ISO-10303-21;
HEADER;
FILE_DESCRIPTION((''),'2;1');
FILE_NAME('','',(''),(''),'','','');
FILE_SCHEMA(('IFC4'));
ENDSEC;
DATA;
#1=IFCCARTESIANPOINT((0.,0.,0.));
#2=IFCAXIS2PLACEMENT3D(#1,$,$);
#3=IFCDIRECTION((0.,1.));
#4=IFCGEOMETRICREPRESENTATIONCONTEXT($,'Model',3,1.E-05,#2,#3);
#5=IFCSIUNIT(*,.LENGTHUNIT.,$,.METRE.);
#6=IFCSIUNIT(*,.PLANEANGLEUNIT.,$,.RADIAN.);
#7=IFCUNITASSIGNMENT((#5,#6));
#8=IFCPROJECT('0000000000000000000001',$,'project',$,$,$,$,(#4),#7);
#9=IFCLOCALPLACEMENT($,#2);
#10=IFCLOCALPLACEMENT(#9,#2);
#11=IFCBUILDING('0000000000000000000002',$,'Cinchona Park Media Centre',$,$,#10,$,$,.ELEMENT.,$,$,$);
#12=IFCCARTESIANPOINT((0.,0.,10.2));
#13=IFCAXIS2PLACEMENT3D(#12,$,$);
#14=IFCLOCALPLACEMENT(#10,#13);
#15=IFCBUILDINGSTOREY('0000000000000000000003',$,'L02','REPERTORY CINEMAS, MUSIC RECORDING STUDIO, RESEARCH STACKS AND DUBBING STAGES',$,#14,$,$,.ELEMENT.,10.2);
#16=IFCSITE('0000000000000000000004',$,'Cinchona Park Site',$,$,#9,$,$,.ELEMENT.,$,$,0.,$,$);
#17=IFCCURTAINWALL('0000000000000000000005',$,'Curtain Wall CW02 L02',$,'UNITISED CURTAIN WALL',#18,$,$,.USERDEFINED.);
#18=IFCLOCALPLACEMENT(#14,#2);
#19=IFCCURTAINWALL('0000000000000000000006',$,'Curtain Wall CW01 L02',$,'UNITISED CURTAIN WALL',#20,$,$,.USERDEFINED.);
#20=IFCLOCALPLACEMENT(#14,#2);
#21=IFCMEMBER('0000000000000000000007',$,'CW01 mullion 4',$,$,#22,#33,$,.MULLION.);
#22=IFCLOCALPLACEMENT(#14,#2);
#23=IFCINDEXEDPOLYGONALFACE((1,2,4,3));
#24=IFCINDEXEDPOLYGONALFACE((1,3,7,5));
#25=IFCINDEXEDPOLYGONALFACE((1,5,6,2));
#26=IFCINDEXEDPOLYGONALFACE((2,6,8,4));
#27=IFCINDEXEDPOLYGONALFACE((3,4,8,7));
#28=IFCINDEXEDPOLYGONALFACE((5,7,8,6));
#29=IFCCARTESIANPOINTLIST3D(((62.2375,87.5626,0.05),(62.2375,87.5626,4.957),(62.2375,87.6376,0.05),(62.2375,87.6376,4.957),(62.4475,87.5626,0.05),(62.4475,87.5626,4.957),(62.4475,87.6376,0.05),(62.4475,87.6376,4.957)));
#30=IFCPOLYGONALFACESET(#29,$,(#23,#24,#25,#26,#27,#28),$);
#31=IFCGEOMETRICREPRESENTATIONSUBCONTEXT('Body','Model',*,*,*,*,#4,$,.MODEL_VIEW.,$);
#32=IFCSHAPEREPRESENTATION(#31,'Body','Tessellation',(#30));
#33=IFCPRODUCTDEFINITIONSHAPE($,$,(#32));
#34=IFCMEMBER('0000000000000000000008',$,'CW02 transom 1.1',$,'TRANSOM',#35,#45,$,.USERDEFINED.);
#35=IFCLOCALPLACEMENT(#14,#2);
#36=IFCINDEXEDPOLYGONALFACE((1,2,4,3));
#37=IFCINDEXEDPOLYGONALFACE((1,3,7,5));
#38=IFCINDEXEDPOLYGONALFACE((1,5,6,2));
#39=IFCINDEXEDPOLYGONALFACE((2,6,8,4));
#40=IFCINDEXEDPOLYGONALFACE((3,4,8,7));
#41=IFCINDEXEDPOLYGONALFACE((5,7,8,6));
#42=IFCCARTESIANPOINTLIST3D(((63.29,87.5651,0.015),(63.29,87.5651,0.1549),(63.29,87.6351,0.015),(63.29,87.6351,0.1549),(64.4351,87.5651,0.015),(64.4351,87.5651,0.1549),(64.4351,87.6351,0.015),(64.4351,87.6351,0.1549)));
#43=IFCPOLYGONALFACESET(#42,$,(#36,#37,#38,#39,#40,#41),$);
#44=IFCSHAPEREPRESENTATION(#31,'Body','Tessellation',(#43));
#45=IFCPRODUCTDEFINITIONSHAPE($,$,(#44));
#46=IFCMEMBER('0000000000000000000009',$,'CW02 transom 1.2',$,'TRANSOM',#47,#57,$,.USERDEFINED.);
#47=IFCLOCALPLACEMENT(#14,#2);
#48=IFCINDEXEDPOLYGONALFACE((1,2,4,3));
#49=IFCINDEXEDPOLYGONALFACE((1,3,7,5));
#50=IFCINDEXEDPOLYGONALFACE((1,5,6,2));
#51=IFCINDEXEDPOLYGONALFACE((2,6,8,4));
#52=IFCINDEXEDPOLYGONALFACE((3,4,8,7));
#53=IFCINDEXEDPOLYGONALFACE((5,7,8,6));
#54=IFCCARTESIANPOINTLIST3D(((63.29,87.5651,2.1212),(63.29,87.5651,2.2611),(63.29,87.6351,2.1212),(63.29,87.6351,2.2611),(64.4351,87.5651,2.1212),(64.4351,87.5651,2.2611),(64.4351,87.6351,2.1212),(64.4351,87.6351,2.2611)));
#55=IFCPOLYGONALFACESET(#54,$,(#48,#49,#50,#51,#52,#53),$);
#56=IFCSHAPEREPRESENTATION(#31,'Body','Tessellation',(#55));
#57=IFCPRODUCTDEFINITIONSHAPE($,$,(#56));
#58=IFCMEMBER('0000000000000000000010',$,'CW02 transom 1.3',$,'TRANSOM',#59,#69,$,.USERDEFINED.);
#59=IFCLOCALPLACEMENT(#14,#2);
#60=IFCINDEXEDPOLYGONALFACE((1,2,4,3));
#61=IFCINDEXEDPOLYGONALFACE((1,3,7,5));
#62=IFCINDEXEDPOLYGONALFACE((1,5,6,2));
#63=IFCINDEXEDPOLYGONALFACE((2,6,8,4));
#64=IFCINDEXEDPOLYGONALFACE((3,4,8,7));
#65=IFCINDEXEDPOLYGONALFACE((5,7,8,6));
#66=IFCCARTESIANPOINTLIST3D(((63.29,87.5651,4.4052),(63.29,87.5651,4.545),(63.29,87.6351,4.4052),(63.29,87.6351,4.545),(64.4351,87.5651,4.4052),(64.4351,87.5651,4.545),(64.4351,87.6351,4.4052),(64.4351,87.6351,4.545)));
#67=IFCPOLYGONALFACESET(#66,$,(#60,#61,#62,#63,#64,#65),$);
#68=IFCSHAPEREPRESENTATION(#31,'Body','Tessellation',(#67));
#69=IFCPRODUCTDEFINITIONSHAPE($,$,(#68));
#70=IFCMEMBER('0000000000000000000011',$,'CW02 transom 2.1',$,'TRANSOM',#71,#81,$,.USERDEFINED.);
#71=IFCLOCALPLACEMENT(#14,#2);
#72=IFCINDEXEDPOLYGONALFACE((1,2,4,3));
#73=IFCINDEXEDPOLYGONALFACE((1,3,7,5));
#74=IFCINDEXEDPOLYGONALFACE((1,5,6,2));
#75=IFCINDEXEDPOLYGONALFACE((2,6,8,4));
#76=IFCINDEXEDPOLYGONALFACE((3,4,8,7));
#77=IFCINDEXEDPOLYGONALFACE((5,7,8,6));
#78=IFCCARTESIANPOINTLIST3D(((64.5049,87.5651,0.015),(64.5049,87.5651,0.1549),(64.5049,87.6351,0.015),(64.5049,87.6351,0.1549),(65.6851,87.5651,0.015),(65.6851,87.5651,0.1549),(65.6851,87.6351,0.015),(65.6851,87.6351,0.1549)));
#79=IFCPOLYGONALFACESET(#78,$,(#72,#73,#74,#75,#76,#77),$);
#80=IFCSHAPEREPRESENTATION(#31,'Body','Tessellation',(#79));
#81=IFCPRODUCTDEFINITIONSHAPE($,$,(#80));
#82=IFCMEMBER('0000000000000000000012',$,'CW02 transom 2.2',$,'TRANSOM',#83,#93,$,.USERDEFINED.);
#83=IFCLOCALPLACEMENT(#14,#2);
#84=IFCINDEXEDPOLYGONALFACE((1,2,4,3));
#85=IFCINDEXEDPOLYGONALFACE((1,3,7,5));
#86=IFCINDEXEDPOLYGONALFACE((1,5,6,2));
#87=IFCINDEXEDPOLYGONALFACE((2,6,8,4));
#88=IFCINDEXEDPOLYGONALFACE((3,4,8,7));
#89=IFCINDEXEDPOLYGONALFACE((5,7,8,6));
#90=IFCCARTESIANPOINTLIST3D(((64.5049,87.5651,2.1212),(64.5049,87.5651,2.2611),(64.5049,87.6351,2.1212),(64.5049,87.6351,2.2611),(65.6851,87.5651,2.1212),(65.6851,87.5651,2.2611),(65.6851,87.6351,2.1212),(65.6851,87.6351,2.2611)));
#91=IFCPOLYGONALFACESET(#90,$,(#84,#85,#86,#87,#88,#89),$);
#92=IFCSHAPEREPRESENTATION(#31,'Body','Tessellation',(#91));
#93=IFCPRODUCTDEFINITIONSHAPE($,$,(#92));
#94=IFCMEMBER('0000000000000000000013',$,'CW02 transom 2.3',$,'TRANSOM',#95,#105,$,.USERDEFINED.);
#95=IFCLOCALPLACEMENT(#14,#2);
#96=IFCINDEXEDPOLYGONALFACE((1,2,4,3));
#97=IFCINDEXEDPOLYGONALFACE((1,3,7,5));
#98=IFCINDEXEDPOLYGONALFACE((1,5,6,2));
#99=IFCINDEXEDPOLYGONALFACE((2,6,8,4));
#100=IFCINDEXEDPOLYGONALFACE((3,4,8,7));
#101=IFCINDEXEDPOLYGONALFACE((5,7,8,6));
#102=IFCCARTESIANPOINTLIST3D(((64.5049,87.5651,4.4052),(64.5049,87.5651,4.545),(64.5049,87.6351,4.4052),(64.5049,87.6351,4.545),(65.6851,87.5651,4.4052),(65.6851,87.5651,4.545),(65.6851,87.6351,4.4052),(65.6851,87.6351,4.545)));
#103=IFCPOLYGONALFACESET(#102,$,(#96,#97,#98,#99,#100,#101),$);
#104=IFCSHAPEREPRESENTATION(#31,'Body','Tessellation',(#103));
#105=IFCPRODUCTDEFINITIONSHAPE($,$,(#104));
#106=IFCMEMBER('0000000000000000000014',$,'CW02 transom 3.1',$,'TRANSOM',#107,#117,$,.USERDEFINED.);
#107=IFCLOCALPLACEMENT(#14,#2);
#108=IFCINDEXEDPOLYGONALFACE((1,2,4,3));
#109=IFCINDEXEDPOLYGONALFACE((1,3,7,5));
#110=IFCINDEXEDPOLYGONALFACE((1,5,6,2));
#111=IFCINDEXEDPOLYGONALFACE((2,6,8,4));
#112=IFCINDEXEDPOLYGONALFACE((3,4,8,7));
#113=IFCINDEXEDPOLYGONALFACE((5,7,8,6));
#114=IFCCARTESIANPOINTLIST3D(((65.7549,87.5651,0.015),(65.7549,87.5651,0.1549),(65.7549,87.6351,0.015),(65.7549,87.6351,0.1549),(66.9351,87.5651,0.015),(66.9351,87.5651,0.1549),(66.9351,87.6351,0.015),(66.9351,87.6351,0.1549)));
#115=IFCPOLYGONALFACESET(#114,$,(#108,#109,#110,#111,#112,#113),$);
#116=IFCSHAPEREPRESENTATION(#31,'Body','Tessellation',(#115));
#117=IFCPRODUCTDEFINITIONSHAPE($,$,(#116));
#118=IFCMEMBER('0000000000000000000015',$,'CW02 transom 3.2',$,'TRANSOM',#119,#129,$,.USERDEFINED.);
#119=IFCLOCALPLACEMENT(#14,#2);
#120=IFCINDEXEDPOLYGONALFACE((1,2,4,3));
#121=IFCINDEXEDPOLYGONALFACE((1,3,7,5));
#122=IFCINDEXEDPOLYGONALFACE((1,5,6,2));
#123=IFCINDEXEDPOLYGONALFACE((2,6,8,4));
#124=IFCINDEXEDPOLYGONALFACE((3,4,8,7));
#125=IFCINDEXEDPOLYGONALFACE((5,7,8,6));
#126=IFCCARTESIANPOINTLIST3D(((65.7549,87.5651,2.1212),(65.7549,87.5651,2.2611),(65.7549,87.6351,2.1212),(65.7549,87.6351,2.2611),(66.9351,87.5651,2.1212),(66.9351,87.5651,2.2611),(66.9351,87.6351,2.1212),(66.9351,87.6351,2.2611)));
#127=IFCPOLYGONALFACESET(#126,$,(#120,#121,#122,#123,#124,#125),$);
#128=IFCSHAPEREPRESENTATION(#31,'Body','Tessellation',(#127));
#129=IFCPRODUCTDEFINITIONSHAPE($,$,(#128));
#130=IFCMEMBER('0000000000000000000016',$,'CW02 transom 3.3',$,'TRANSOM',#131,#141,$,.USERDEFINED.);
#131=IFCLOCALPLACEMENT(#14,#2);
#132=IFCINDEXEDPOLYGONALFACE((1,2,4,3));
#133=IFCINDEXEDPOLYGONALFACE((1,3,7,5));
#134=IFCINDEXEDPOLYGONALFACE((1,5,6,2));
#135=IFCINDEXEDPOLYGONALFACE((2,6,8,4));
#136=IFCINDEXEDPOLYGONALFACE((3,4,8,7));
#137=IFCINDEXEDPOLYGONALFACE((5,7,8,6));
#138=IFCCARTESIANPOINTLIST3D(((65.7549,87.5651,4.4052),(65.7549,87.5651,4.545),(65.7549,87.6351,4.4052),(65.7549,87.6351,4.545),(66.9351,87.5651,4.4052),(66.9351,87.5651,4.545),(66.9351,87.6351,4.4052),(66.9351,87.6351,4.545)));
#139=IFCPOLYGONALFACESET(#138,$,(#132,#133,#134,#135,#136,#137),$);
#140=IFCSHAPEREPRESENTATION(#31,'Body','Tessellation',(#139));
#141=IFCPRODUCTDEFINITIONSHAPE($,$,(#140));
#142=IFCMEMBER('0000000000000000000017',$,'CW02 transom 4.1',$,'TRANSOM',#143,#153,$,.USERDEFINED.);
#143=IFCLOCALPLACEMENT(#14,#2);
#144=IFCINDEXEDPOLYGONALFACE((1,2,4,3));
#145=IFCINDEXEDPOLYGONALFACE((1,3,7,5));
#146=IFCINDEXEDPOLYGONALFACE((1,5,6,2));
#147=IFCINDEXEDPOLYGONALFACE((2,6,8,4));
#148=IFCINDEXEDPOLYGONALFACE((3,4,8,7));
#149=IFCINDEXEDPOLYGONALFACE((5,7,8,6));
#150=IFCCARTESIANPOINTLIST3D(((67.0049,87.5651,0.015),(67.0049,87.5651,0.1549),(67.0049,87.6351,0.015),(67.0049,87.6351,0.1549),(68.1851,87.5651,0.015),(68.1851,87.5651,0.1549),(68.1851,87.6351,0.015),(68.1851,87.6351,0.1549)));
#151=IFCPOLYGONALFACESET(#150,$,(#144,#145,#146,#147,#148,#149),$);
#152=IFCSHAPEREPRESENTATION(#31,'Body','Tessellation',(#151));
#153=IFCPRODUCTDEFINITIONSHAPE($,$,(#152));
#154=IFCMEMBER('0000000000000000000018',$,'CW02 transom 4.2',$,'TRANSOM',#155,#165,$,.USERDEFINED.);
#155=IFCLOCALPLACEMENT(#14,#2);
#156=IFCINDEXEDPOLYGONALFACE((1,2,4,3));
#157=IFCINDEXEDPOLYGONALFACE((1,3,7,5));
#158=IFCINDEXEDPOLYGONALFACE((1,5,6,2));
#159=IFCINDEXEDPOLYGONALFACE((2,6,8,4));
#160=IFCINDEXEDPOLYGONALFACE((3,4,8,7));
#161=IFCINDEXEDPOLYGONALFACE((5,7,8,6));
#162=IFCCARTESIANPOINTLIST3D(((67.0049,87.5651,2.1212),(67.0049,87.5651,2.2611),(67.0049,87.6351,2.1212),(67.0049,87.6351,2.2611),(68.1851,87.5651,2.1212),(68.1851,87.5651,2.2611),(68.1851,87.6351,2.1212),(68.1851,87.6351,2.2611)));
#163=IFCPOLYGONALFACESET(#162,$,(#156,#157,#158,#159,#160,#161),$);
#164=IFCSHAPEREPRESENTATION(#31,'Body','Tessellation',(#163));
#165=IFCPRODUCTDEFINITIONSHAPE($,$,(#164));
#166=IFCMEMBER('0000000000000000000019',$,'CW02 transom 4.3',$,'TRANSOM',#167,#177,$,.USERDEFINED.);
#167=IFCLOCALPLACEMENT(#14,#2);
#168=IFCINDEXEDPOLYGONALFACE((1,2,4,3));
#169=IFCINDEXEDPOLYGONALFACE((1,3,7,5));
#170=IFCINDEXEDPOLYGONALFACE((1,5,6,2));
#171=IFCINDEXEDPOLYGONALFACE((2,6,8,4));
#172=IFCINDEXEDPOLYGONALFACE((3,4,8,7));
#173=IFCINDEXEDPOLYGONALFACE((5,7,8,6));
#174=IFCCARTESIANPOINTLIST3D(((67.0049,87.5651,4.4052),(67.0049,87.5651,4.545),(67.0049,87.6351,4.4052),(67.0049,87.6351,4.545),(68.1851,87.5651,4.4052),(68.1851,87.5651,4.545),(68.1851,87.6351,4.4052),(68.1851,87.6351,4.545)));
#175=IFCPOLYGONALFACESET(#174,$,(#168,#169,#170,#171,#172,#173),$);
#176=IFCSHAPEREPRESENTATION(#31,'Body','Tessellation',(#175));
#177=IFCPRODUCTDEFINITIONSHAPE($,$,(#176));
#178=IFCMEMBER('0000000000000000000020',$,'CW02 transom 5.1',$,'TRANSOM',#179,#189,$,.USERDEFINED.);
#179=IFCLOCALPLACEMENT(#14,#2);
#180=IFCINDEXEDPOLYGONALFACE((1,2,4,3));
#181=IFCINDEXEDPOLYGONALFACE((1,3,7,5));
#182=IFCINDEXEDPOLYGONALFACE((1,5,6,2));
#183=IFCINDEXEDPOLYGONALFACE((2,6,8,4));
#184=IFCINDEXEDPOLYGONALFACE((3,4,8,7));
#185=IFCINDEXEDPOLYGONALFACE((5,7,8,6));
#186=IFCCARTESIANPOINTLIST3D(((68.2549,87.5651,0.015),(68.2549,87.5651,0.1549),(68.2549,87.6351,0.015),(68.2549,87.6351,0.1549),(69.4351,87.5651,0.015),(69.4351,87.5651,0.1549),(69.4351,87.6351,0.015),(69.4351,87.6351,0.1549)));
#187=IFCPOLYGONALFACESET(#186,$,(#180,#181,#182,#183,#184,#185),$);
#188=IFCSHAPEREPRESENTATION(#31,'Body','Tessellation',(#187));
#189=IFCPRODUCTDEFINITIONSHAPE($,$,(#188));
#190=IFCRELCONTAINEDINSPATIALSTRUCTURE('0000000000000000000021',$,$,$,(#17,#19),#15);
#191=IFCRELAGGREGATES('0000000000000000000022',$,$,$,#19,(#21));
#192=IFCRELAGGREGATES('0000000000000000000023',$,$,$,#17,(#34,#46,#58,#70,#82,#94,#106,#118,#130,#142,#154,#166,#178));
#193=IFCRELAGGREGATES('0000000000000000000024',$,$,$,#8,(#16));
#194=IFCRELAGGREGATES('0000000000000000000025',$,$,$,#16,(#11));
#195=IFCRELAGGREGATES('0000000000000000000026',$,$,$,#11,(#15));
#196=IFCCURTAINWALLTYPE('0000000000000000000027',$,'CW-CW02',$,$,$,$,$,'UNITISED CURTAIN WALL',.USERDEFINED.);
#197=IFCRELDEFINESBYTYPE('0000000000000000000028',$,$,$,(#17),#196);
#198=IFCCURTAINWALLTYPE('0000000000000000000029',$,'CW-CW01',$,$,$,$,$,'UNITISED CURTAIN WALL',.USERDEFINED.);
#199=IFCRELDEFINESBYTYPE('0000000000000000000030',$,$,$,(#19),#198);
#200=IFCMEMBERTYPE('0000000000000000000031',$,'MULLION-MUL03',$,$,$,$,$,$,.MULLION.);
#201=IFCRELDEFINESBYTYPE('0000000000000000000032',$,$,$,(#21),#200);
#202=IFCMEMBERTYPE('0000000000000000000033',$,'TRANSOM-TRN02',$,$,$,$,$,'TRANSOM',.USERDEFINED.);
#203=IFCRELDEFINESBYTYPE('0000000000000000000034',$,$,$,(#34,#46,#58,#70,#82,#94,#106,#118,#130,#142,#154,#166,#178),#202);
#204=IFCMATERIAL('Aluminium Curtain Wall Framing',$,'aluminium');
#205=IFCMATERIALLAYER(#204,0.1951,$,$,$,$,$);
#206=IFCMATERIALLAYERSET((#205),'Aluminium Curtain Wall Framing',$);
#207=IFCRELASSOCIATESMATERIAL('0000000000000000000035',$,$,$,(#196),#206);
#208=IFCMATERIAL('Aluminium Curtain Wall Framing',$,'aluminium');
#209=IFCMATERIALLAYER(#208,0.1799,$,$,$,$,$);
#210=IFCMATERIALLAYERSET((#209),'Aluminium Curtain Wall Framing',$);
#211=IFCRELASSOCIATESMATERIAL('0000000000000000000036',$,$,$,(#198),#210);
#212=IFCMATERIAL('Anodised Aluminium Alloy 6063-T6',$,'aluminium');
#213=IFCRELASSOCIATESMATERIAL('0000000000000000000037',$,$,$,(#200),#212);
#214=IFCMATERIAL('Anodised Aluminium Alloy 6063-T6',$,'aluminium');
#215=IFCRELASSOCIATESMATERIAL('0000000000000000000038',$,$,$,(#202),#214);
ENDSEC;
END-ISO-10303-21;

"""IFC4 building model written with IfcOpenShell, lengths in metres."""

from ifc_helpers import new_model, si_unit, direction, frame, origin, origin_2d, place, context, subcontext, project, spatial, rectangle, extrude, material, layer, layer_set, material_profile, profile_set, type_object, element, aggregate, save


model = new_model("IFC4")

# Units and contexts
model_context = context("Model", 3, precision=1e-05, world=origin(), true_north=direction((0.0, 1.0)))
body_context = subcontext(model_context, "Body", "Model", "MODEL_VIEW")
ifc_project = project(units=[si_unit("LENGTHUNIT", "METRE"), si_unit("PLANEANGLEUNIT", "RADIAN")], contexts=[model_context])

# Site, building, storey
site_placement = place(None, origin())
site = spatial("IfcSite", under=ifc_project, at=site_placement, Name="Cinchona Park Site", CompositionType="ELEMENT", RefElevation=0.0)
building_placement = place(site_placement, origin())
building = spatial("IfcBuilding", under=site, at=building_placement, Name="Cinchona Park Media Centre", CompositionType="ELEMENT")
storey_placement = place(building_placement, frame((0.0, 0.0, 10.2)))
storey = spatial("IfcBuildingStorey", under=building, at=storey_placement, Name="L02", Description="REPERTORY CINEMAS, MUSIC RECORDING STUDIO, RESEARCH STACKS AND DUBBING STAGES", CompositionType="ELEMENT", Elevation=10.2)

# Curtain wall
ifc_material_1 = material(Name="Aluminium Curtain Wall Framing", Category="aluminium")
ifc_layer_1 = layer(ifc_material_1, 0.1951)
ifc_layer_set_1 = layer_set([ifc_layer_1], Name="Aluminium Curtain Wall Framing")
curtain_wall_type_1 = type_object("IfcCurtainWallType", Name="CW-CW02", ElementType="UNITISED CURTAIN WALL", PredefinedType="USERDEFINED", material=ifc_layer_set_1)
curtain_wall_1_placement = place(storey_placement, origin())
curtain_wall_1 = element("IfcCurtainWall", 1, at=curtain_wall_1_placement, inside=storey, type_object=curtain_wall_type_1, Name="Curtain Wall CW02 L02", ObjectType="UNITISED CURTAIN WALL", PredefinedType="USERDEFINED")

# Curtain wall, member
ifc_material_2 = material(Name="Aluminium Curtain Wall Framing", Category="aluminium")
ifc_layer_2 = layer(ifc_material_2, 0.1799)
ifc_layer_set_2 = layer_set([ifc_layer_2], Name="Aluminium Curtain Wall Framing")
curtain_wall_type_2 = type_object("IfcCurtainWallType", Name="CW-CW01", ElementType="UNITISED CURTAIN WALL", PredefinedType="USERDEFINED", material=ifc_layer_set_2)
curtain_wall_2_placement = place(storey_placement, origin())
curtain_wall_2 = element("IfcCurtainWall", 2, at=curtain_wall_2_placement, inside=storey, type_object=curtain_wall_type_2, Name="Curtain Wall CW01 L02", ObjectType="UNITISED CURTAIN WALL", PredefinedType="USERDEFINED")
ifc_material_3 = material(Name="Anodised Aluminium Alloy 6063-T6", Category="aluminium")
ifc_material_profile_1 = material_profile(ifc_material_3, rectangle(XDim=0.075, YDim=0.21, at=origin_2d()), Name="MUL-75X210")
ifc_profile_set_1 = profile_set([ifc_material_profile_1], Name="Anodised Aluminium Alloy 6063-T6")
member_type_1 = type_object("IfcMemberType", Name="MULLION-MUL03", PredefinedType="MULLION", material=ifc_profile_set_1)
member_1_placement = place(storey_placement, frame((62.3425, 87.6001, 0.05), z_axis=(0.0, 0.0, 1.0), x_axis=(0.0, 1.0, 0.0)))
member_1 = element("IfcMember", 3, at=member_1_placement, type_object=member_type_1, Name="CW01 mullion 4", PredefinedType="MULLION", context=body_context, shape_type="SweptSolid", body=[
    extrude(rectangle(XDim=0.075, YDim=0.21, at=origin_2d()), origin(), (0.0, 0.0, 1.0), 4.907),
])
aggregate(curtain_wall_2, [member_1])

# Members
ifc_material_4 = material(Name="Anodised Aluminium Alloy 6063-T6", Category="aluminium")
ifc_material_profile_2 = material_profile(ifc_material_4, rectangle(XDim=0.0701, YDim=0.1399, at=origin_2d()), Name="TRN-70X140")
ifc_profile_set_2 = profile_set([ifc_material_profile_2], Name="Anodised Aluminium Alloy 6063-T6")
member_type_2 = type_object("IfcMemberType", Name="TRANSOM-TRN02", ElementType="TRANSOM", PredefinedType="USERDEFINED", material=ifc_profile_set_2)
member_2_placement = place(storey_placement, frame((63.29, 87.6001, 0.085), z_axis=(1.0, 0.0, 0.0), x_axis=(0.0, 1.0, 0.0)))
member_2 = element("IfcMember", 4, at=member_2_placement, type_object=member_type_2, Name="CW02 transom 1.1", ObjectType="TRANSOM", PredefinedType="USERDEFINED", context=body_context, shape_type="SweptSolid", body=[
    extrude(rectangle(XDim=0.0701, YDim=0.1399, at=origin_2d()), origin(), (0.0, 0.0, 1.0), 1.145),
])
member_3_placement = place(storey_placement, frame((63.29, 87.6001, 2.1912), z_axis=(1.0, 0.0, 0.0), x_axis=(0.0, 1.0, 0.0)))
member_3 = element("IfcMember", 5, at=member_3_placement, type_object=member_type_2, Name="CW02 transom 1.2", ObjectType="TRANSOM", PredefinedType="USERDEFINED", context=body_context, shape_type="SweptSolid", body=[
    extrude(rectangle(XDim=0.0701, YDim=0.1399, at=origin_2d()), origin(), (0.0, 0.0, 1.0), 1.145),
])
member_4_placement = place(storey_placement, frame((63.29, 87.6001, 4.4751), z_axis=(1.0, 0.0, 0.0), x_axis=(0.0, 1.0, 0.0)))
member_4 = element("IfcMember", 6, at=member_4_placement, type_object=member_type_2, Name="CW02 transom 1.3", ObjectType="TRANSOM", PredefinedType="USERDEFINED", context=body_context, shape_type="SweptSolid", body=[
    extrude(rectangle(XDim=0.0701, YDim=0.1399, at=origin_2d()), origin(), (0.0, 0.0, 1.0), 1.145),
])
member_5_placement = place(storey_placement, frame((64.5049, 87.6001, 0.085), z_axis=(1.0, 0.0, 0.0), x_axis=(0.0, 1.0, 0.0)))
member_5 = element("IfcMember", 7, at=member_5_placement, type_object=member_type_2, Name="CW02 transom 2.1", ObjectType="TRANSOM", PredefinedType="USERDEFINED", context=body_context, shape_type="SweptSolid", body=[
    extrude(rectangle(XDim=0.0701, YDim=0.1399, at=origin_2d()), origin(), (0.0, 0.0, 1.0), 1.1802),
])
member_6_placement = place(storey_placement, frame((64.5049, 87.6001, 2.1912), z_axis=(1.0, 0.0, 0.0), x_axis=(0.0, 1.0, 0.0)))
member_6 = element("IfcMember", 8, at=member_6_placement, type_object=member_type_2, Name="CW02 transom 2.2", ObjectType="TRANSOM", PredefinedType="USERDEFINED", context=body_context, shape_type="SweptSolid", body=[
    extrude(rectangle(XDim=0.0701, YDim=0.1399, at=origin_2d()), origin(), (0.0, 0.0, 1.0), 1.1802),
])
member_7_placement = place(storey_placement, frame((64.5049, 87.6001, 4.4751), z_axis=(1.0, 0.0, 0.0), x_axis=(0.0, 1.0, 0.0)))
member_7 = element("IfcMember", 9, at=member_7_placement, type_object=member_type_2, Name="CW02 transom 2.3", ObjectType="TRANSOM", PredefinedType="USERDEFINED", context=body_context, shape_type="SweptSolid", body=[
    extrude(rectangle(XDim=0.0701, YDim=0.1399, at=origin_2d()), origin(), (0.0, 0.0, 1.0), 1.1802),
])
member_8_placement = place(storey_placement, frame((65.7549, 87.6001, 0.085), z_axis=(1.0, 0.0, 0.0), x_axis=(0.0, 1.0, 0.0)))
member_8 = element("IfcMember", 10, at=member_8_placement, type_object=member_type_2, Name="CW02 transom 3.1", ObjectType="TRANSOM", PredefinedType="USERDEFINED", context=body_context, shape_type="SweptSolid", body=[
    extrude(rectangle(XDim=0.0701, YDim=0.1399, at=origin_2d()), origin(), (0.0, 0.0, 1.0), 1.1802),
])
member_9_placement = place(storey_placement, frame((65.7549, 87.6001, 2.1912), z_axis=(1.0, 0.0, 0.0), x_axis=(0.0, 1.0, 0.0)))
member_9 = element("IfcMember", 11, at=member_9_placement, type_object=member_type_2, Name="CW02 transom 3.2", ObjectType="TRANSOM", PredefinedType="USERDEFINED", context=body_context, shape_type="SweptSolid", body=[
    extrude(rectangle(XDim=0.0701, YDim=0.1399, at=origin_2d()), origin(), (0.0, 0.0, 1.0), 1.1802),
])
member_10_placement = place(storey_placement, frame((65.7549, 87.6001, 4.4751), z_axis=(1.0, 0.0, 0.0), x_axis=(0.0, 1.0, 0.0)))
member_10 = element("IfcMember", 12, at=member_10_placement, type_object=member_type_2, Name="CW02 transom 3.3", ObjectType="TRANSOM", PredefinedType="USERDEFINED", context=body_context, shape_type="SweptSolid", body=[
    extrude(rectangle(XDim=0.0701, YDim=0.1399, at=origin_2d()), origin(), (0.0, 0.0, 1.0), 1.1802),
])
member_11_placement = place(storey_placement, frame((67.0049, 87.6001, 0.085), z_axis=(1.0, 0.0, 0.0), x_axis=(0.0, 1.0, 0.0)))
member_11 = element("IfcMember", 13, at=member_11_placement, type_object=member_type_2, Name="CW02 transom 4.1", ObjectType="TRANSOM", PredefinedType="USERDEFINED", context=body_context, shape_type="SweptSolid", body=[
    extrude(rectangle(XDim=0.0701, YDim=0.1399, at=origin_2d()), origin(), (0.0, 0.0, 1.0), 1.1802),
])
member_12_placement = place(storey_placement, frame((67.0049, 87.6001, 2.1912), z_axis=(1.0, 0.0, 0.0), x_axis=(0.0, 1.0, 0.0)))
member_12 = element("IfcMember", 14, at=member_12_placement, type_object=member_type_2, Name="CW02 transom 4.2", ObjectType="TRANSOM", PredefinedType="USERDEFINED", context=body_context, shape_type="SweptSolid", body=[
    extrude(rectangle(XDim=0.0701, YDim=0.1399, at=origin_2d()), origin(), (0.0, 0.0, 1.0), 1.1802),
])
member_13_placement = place(storey_placement, frame((67.0049, 87.6001, 4.4751), z_axis=(1.0, 0.0, 0.0), x_axis=(0.0, 1.0, 0.0)))
member_13 = element("IfcMember", 15, at=member_13_placement, type_object=member_type_2, Name="CW02 transom 4.3", ObjectType="TRANSOM", PredefinedType="USERDEFINED", context=body_context, shape_type="SweptSolid", body=[
    extrude(rectangle(XDim=0.0701, YDim=0.1399, at=origin_2d()), origin(), (0.0, 0.0, 1.0), 1.1802),
])
member_14_placement = place(storey_placement, frame((68.2549, 87.6001, 0.085), z_axis=(1.0, 0.0, 0.0), x_axis=(0.0, 1.0, 0.0)))
member_14 = element("IfcMember", 16, at=member_14_placement, type_object=member_type_2, Name="CW02 transom 5.1", ObjectType="TRANSOM", PredefinedType="USERDEFINED", context=body_context, shape_type="SweptSolid", body=[
    extrude(rectangle(XDim=0.0701, YDim=0.1399, at=origin_2d()), origin(), (0.0, 0.0, 1.0), 1.1802),
])

aggregate(curtain_wall_1, [member_2, member_3, member_4, member_5, member_6, member_7, member_8, member_9, member_10, member_11, member_12, member_13, member_14])

save(model, "model.ifc")
